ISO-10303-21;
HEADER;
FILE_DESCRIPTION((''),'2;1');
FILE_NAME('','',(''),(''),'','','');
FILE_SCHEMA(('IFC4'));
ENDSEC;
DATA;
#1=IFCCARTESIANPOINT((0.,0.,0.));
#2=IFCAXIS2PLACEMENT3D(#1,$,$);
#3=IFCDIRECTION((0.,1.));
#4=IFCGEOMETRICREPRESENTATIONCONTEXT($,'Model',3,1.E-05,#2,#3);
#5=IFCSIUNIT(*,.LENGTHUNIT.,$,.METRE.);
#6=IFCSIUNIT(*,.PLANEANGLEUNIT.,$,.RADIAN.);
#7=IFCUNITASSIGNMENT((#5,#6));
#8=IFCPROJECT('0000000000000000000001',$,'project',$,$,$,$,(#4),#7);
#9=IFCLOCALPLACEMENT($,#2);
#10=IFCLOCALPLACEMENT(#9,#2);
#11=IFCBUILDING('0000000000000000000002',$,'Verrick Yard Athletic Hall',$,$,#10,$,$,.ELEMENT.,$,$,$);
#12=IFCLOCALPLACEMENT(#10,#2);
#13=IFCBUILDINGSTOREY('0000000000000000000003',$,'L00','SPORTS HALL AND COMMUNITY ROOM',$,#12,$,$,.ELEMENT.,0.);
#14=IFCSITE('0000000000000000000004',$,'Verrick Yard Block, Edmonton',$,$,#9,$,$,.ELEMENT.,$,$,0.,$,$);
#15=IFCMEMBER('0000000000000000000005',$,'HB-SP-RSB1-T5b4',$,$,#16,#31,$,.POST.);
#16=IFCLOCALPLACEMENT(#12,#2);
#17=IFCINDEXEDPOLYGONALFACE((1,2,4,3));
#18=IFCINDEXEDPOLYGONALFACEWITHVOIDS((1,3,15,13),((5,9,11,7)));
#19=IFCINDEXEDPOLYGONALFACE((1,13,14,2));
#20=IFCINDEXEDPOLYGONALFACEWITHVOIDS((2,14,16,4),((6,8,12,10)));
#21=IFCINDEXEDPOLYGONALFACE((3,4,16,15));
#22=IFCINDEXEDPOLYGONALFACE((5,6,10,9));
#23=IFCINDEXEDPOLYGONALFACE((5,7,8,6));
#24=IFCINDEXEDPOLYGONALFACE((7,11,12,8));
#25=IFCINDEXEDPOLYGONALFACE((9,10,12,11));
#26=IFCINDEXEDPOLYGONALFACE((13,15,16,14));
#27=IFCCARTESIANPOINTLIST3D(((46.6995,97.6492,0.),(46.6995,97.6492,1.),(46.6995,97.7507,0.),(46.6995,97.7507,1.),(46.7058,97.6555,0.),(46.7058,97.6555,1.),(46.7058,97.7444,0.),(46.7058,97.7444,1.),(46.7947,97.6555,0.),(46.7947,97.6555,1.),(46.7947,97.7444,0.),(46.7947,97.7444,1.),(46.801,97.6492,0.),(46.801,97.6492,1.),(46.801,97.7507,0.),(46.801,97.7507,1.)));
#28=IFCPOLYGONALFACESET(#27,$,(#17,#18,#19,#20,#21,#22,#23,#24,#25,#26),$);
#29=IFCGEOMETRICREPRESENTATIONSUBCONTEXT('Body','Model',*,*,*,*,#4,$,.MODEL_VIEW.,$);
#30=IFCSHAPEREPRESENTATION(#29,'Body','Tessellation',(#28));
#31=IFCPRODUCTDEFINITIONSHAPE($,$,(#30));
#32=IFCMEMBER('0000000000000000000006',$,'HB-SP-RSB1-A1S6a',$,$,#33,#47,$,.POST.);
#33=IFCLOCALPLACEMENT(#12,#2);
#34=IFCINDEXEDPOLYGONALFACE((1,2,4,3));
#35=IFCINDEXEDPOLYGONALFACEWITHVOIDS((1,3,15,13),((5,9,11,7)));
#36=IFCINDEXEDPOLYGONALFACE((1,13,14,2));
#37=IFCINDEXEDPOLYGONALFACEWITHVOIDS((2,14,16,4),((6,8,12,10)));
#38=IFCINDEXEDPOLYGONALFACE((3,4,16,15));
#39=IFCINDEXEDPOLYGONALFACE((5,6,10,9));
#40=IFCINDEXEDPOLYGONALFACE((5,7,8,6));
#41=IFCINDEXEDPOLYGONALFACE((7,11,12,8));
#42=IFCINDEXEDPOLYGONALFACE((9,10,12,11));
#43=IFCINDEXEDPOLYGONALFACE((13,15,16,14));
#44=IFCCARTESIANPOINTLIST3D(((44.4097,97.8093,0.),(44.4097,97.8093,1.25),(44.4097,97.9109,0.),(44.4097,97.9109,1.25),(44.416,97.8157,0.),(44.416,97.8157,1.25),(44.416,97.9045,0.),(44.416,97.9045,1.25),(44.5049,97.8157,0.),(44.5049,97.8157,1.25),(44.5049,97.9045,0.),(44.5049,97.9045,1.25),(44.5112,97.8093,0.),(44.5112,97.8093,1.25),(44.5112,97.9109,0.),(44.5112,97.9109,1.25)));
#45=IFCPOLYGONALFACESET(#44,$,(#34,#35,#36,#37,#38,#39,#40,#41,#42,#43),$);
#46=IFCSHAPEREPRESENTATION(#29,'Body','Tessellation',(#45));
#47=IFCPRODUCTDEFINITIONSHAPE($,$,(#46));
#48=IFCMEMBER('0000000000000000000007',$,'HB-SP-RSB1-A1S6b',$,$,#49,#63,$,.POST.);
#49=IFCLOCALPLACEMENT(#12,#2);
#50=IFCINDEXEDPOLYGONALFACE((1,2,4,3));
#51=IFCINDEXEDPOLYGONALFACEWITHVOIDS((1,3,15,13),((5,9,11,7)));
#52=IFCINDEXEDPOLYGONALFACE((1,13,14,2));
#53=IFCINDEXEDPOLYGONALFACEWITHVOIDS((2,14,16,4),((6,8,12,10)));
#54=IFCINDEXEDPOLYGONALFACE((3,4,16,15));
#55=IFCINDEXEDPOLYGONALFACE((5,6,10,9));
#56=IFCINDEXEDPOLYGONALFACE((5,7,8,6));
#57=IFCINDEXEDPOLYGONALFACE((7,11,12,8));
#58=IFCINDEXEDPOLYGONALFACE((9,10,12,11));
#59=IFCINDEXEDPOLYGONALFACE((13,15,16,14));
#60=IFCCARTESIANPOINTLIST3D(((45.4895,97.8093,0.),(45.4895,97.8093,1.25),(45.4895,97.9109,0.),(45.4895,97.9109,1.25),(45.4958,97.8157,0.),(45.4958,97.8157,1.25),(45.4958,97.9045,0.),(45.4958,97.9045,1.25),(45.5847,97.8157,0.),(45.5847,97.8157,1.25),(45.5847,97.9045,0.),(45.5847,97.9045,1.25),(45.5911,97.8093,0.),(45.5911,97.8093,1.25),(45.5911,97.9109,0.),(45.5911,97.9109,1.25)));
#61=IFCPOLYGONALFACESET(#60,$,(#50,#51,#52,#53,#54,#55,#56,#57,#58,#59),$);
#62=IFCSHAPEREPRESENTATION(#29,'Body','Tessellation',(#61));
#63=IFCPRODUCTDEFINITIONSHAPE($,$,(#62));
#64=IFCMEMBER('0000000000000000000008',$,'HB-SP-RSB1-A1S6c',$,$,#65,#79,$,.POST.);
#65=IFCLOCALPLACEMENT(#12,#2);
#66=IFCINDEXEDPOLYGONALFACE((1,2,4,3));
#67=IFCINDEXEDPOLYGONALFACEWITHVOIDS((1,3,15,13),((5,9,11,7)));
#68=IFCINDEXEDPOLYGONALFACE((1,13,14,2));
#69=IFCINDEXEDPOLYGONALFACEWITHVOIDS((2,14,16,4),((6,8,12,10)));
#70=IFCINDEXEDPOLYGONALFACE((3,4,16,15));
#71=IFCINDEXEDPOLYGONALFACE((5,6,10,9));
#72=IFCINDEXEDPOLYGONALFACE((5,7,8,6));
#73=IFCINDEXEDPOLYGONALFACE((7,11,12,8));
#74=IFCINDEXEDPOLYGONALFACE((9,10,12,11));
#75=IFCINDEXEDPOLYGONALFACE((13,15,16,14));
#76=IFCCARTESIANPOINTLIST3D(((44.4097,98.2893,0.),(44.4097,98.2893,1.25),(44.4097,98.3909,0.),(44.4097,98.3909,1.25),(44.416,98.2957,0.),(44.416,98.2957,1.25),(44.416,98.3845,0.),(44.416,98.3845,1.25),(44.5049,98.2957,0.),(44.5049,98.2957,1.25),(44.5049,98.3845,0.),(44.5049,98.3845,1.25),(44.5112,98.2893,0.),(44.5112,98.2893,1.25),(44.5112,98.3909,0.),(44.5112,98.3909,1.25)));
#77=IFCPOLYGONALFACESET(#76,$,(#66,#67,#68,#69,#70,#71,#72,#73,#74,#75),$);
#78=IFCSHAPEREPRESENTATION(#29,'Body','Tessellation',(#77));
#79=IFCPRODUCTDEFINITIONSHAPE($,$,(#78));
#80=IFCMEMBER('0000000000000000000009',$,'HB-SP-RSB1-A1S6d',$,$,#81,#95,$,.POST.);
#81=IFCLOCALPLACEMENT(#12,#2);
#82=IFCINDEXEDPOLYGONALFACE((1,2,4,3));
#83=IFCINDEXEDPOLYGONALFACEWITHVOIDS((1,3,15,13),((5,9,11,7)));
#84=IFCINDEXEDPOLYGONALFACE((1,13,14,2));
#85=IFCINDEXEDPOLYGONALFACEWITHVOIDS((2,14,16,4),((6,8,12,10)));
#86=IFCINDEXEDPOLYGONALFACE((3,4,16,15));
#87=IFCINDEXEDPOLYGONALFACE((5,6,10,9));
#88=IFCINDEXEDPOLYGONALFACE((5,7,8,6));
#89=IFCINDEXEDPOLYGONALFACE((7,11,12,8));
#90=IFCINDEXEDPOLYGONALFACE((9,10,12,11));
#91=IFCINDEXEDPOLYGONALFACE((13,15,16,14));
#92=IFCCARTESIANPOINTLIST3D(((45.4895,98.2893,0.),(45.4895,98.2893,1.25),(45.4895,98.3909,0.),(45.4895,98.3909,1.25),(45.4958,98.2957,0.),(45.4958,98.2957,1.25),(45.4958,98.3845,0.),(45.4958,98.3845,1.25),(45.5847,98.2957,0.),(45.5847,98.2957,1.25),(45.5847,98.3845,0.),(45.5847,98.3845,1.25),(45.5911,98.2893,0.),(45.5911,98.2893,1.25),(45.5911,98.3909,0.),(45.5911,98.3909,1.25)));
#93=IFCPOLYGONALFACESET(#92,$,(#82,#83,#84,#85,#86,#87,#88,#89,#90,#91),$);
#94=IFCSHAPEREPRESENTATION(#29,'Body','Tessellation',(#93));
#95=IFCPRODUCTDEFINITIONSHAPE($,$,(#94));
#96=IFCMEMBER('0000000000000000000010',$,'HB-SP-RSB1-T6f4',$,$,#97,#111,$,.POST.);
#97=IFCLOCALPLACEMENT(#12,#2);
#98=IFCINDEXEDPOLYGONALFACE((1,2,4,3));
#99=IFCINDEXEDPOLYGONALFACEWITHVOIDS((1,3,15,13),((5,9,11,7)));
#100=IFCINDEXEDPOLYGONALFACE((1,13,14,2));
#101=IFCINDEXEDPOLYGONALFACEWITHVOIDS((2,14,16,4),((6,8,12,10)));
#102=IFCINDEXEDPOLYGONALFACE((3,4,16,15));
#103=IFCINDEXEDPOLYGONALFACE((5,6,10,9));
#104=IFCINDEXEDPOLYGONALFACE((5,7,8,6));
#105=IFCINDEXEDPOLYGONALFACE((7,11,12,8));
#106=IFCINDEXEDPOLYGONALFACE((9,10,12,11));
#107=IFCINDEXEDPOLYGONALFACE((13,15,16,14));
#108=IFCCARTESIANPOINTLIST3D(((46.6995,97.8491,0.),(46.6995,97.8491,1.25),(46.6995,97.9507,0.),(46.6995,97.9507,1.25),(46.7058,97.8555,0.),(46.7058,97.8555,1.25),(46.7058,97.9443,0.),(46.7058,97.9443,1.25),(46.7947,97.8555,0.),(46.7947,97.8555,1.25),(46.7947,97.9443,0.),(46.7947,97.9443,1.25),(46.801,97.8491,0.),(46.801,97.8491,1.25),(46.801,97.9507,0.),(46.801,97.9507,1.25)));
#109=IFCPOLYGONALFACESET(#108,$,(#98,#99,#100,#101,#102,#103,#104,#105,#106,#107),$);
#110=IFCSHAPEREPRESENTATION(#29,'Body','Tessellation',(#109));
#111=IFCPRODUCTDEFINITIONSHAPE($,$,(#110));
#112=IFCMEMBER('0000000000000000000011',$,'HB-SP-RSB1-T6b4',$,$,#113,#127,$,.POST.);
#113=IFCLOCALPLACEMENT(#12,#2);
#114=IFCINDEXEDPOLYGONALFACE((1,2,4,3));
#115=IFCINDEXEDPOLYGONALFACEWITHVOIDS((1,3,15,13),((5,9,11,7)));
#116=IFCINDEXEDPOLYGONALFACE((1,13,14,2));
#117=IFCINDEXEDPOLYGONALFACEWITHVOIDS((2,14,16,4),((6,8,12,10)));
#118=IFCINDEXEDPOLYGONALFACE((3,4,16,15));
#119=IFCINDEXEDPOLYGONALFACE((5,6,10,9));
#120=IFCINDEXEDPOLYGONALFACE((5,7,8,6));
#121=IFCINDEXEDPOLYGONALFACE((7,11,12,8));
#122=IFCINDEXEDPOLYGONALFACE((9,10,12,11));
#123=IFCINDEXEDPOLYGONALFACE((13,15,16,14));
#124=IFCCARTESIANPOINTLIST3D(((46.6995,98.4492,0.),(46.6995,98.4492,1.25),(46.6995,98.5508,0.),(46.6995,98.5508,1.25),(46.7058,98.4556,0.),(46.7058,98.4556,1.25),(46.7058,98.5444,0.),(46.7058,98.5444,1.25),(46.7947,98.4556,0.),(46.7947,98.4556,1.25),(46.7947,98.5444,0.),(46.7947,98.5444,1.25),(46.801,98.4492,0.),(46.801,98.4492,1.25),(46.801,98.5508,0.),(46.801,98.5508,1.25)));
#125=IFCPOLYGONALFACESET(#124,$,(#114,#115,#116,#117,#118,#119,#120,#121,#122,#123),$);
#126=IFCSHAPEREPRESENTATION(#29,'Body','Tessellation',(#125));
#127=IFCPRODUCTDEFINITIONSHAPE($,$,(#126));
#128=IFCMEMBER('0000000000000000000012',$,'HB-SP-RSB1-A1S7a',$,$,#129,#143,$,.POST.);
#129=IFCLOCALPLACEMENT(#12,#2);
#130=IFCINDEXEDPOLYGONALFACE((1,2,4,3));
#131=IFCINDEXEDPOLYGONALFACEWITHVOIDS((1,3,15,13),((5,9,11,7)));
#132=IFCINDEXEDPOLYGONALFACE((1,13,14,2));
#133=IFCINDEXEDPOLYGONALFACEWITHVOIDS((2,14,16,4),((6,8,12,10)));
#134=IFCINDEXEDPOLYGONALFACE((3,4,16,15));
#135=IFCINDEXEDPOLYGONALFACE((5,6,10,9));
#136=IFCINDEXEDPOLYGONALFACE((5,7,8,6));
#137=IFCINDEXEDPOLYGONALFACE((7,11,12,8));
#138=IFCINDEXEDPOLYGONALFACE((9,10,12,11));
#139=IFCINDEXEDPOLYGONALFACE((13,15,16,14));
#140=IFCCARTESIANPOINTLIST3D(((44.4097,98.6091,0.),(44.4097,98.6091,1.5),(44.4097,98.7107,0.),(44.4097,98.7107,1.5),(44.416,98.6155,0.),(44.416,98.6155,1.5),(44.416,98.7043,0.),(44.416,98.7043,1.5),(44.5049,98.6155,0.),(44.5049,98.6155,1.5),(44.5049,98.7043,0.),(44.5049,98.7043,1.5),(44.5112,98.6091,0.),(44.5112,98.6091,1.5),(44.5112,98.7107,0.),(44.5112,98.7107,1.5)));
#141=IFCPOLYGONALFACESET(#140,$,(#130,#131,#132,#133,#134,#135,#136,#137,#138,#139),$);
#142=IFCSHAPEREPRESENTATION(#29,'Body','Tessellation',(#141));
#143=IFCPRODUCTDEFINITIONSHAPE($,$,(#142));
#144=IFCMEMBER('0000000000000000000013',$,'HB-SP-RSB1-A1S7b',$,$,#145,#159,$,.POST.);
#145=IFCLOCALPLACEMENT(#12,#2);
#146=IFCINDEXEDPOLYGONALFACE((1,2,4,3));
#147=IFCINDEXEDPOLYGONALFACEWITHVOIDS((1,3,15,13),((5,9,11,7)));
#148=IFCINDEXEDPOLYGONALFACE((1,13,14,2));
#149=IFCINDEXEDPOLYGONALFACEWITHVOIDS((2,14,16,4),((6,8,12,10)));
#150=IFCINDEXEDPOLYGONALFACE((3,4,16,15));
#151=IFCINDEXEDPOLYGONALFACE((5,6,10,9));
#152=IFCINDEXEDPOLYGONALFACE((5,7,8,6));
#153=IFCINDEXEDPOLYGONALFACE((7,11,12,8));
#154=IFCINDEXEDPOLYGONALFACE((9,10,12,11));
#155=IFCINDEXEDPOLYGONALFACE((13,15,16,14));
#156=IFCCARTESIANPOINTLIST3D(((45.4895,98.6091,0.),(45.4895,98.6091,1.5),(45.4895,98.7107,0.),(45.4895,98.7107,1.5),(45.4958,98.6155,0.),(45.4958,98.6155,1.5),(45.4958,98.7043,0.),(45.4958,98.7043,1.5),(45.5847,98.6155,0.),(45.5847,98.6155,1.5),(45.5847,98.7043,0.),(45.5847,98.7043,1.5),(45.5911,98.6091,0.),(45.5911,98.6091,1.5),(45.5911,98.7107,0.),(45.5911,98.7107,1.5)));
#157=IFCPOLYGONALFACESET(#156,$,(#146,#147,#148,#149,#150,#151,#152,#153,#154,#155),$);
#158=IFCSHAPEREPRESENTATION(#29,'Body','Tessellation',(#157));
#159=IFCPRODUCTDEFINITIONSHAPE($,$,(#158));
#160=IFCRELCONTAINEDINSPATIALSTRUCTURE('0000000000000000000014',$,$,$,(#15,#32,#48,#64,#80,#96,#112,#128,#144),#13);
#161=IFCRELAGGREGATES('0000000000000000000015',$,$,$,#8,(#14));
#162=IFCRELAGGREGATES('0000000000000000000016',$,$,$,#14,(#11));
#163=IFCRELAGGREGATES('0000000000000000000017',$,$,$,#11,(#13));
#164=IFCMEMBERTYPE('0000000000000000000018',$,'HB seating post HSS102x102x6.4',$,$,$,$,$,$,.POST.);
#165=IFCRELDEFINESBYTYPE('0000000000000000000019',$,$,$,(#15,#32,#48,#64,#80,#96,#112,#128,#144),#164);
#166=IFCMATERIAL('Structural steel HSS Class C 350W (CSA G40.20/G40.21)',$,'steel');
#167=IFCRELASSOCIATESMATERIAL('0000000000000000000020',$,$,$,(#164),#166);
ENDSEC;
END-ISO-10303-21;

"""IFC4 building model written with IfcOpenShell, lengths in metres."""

from ifc_helpers import new_model, si_unit, direction, frame, origin, origin_2d, place, context, subcontext, project, spatial, hollow_rectangle, extrude, material, material_profile, profile_set, type_object, element, save


model = new_model("IFC4")

# Units and contexts
model_context = context("Model", 3, precision=1e-05, world=origin(), true_north=direction((0.0, 1.0)))
body_context = subcontext(model_context, "Body", "Model", "MODEL_VIEW")
ifc_project = project(units=[si_unit("LENGTHUNIT", "METRE"), si_unit("PLANEANGLEUNIT", "RADIAN")], contexts=[model_context])

# Site, building, storey
site_placement = place(None, origin())
site = spatial("IfcSite", under=ifc_project, at=site_placement, Name="Verrick Yard Block, Edmonton", CompositionType="ELEMENT", RefElevation=0.0)
building_placement = place(site_placement, origin())
building = spatial("IfcBuilding", under=site, at=building_placement, Name="Verrick Yard Athletic Hall", CompositionType="ELEMENT")
storey_placement = place(building_placement, origin())
storey = spatial("IfcBuildingStorey", under=building, at=storey_placement, Name="L00", Description="SPORTS HALL AND COMMUNITY ROOM", CompositionType="ELEMENT", Elevation=0.0)

# Members
ifc_material = material(Name="Structural steel HSS Class C 350W (CSA G40.20/G40.21)", Category="steel")
ifc_material_profile = material_profile(ifc_material, hollow_rectangle(XDim=0.1016, YDim=0.1016, WallThickness=0.0063, at=origin_2d()), Name="HSS102x102x6.4")
ifc_profile_set = profile_set([ifc_material_profile], Name="Structural steel HSS Class C 350W (CSA G40.20/G40.21)")
member_type = type_object("IfcMemberType", Name="HB seating post HSS102x102x6.4", PredefinedType="POST", material=ifc_profile_set)
for number, where, z_axis, x_axis, name in (
    (1, (46.7502, 97.7, 0.0), (0.0, 0.0, 1.0), (0.0, 1.0, 0.0), "HB-SP-RSB1-T5b4"),
):
    element("IfcMember", number, at=place(storey_placement, frame(where, z_axis=z_axis, x_axis=x_axis)), inside=storey, type_object=member_type, Name=name, PredefinedType="POST", context=body_context, shape_type="SweptSolid", body=[
        extrude(hollow_rectangle(XDim=0.1016, YDim=0.1016, WallThickness=0.0063, at=origin_2d()), origin(), (0.0, 0.0, 1.0), 1.0),
    ])
for number, where, z_axis, x_axis, name in (
    (2, (44.4604, 97.8601, 0.0), (0.0, 0.0, 1.0), (0.0, 1.0, 0.0), "HB-SP-RSB1-A1S6a"),
    (3, (45.5403, 97.8601, 0.0), (0.0, 0.0, 1.0), (0.0, 1.0, 0.0), "HB-SP-RSB1-A1S6b"),
    (4, (44.4604, 98.3401, 0.0), (0.0, 0.0, 1.0), (0.0, 1.0, 0.0), "HB-SP-RSB1-A1S6c"),
    (5, (45.5403, 98.3401, 0.0), (0.0, 0.0, 1.0), (0.0, 1.0, 0.0), "HB-SP-RSB1-A1S6d"),
    (6, (46.7502, 97.8999, 0.0), (0.0, 0.0, 1.0), (0.0, 1.0, 0.0), "HB-SP-RSB1-T6f4"),
    (7, (46.7502, 98.5, 0.0), (0.0, 0.0, 1.0), (0.0, 1.0, 0.0), "HB-SP-RSB1-T6b4"),
):
    element("IfcMember", number, at=place(storey_placement, frame(where, z_axis=z_axis, x_axis=x_axis)), inside=storey, type_object=member_type, Name=name, PredefinedType="POST", context=body_context, shape_type="SweptSolid", body=[
        extrude(hollow_rectangle(XDim=0.1016, YDim=0.1016, WallThickness=0.0063, at=origin_2d()), origin(), (0.0, 0.0, 1.0), 1.25),
    ])
for number, where, z_axis, x_axis, name in (
    (8, (44.4604, 98.6599, 0.0), (0.0, 0.0, 1.0), (0.0, 1.0, 0.0), "HB-SP-RSB1-A1S7a"),
    (9, (45.5403, 98.6599, 0.0), (0.0, 0.0, 1.0), (0.0, 1.0, 0.0), "HB-SP-RSB1-A1S7b"),
):
    element("IfcMember", number, at=place(storey_placement, frame(where, z_axis=z_axis, x_axis=x_axis)), inside=storey, type_object=member_type, Name=name, PredefinedType="POST", context=body_context, shape_type="SweptSolid", body=[
        extrude(hollow_rectangle(XDim=0.1016, YDim=0.1016, WallThickness=0.0063, at=origin_2d()), origin(), (0.0, 0.0, 1.0), 1.5),
    ])

save(model, "model.ifc")
